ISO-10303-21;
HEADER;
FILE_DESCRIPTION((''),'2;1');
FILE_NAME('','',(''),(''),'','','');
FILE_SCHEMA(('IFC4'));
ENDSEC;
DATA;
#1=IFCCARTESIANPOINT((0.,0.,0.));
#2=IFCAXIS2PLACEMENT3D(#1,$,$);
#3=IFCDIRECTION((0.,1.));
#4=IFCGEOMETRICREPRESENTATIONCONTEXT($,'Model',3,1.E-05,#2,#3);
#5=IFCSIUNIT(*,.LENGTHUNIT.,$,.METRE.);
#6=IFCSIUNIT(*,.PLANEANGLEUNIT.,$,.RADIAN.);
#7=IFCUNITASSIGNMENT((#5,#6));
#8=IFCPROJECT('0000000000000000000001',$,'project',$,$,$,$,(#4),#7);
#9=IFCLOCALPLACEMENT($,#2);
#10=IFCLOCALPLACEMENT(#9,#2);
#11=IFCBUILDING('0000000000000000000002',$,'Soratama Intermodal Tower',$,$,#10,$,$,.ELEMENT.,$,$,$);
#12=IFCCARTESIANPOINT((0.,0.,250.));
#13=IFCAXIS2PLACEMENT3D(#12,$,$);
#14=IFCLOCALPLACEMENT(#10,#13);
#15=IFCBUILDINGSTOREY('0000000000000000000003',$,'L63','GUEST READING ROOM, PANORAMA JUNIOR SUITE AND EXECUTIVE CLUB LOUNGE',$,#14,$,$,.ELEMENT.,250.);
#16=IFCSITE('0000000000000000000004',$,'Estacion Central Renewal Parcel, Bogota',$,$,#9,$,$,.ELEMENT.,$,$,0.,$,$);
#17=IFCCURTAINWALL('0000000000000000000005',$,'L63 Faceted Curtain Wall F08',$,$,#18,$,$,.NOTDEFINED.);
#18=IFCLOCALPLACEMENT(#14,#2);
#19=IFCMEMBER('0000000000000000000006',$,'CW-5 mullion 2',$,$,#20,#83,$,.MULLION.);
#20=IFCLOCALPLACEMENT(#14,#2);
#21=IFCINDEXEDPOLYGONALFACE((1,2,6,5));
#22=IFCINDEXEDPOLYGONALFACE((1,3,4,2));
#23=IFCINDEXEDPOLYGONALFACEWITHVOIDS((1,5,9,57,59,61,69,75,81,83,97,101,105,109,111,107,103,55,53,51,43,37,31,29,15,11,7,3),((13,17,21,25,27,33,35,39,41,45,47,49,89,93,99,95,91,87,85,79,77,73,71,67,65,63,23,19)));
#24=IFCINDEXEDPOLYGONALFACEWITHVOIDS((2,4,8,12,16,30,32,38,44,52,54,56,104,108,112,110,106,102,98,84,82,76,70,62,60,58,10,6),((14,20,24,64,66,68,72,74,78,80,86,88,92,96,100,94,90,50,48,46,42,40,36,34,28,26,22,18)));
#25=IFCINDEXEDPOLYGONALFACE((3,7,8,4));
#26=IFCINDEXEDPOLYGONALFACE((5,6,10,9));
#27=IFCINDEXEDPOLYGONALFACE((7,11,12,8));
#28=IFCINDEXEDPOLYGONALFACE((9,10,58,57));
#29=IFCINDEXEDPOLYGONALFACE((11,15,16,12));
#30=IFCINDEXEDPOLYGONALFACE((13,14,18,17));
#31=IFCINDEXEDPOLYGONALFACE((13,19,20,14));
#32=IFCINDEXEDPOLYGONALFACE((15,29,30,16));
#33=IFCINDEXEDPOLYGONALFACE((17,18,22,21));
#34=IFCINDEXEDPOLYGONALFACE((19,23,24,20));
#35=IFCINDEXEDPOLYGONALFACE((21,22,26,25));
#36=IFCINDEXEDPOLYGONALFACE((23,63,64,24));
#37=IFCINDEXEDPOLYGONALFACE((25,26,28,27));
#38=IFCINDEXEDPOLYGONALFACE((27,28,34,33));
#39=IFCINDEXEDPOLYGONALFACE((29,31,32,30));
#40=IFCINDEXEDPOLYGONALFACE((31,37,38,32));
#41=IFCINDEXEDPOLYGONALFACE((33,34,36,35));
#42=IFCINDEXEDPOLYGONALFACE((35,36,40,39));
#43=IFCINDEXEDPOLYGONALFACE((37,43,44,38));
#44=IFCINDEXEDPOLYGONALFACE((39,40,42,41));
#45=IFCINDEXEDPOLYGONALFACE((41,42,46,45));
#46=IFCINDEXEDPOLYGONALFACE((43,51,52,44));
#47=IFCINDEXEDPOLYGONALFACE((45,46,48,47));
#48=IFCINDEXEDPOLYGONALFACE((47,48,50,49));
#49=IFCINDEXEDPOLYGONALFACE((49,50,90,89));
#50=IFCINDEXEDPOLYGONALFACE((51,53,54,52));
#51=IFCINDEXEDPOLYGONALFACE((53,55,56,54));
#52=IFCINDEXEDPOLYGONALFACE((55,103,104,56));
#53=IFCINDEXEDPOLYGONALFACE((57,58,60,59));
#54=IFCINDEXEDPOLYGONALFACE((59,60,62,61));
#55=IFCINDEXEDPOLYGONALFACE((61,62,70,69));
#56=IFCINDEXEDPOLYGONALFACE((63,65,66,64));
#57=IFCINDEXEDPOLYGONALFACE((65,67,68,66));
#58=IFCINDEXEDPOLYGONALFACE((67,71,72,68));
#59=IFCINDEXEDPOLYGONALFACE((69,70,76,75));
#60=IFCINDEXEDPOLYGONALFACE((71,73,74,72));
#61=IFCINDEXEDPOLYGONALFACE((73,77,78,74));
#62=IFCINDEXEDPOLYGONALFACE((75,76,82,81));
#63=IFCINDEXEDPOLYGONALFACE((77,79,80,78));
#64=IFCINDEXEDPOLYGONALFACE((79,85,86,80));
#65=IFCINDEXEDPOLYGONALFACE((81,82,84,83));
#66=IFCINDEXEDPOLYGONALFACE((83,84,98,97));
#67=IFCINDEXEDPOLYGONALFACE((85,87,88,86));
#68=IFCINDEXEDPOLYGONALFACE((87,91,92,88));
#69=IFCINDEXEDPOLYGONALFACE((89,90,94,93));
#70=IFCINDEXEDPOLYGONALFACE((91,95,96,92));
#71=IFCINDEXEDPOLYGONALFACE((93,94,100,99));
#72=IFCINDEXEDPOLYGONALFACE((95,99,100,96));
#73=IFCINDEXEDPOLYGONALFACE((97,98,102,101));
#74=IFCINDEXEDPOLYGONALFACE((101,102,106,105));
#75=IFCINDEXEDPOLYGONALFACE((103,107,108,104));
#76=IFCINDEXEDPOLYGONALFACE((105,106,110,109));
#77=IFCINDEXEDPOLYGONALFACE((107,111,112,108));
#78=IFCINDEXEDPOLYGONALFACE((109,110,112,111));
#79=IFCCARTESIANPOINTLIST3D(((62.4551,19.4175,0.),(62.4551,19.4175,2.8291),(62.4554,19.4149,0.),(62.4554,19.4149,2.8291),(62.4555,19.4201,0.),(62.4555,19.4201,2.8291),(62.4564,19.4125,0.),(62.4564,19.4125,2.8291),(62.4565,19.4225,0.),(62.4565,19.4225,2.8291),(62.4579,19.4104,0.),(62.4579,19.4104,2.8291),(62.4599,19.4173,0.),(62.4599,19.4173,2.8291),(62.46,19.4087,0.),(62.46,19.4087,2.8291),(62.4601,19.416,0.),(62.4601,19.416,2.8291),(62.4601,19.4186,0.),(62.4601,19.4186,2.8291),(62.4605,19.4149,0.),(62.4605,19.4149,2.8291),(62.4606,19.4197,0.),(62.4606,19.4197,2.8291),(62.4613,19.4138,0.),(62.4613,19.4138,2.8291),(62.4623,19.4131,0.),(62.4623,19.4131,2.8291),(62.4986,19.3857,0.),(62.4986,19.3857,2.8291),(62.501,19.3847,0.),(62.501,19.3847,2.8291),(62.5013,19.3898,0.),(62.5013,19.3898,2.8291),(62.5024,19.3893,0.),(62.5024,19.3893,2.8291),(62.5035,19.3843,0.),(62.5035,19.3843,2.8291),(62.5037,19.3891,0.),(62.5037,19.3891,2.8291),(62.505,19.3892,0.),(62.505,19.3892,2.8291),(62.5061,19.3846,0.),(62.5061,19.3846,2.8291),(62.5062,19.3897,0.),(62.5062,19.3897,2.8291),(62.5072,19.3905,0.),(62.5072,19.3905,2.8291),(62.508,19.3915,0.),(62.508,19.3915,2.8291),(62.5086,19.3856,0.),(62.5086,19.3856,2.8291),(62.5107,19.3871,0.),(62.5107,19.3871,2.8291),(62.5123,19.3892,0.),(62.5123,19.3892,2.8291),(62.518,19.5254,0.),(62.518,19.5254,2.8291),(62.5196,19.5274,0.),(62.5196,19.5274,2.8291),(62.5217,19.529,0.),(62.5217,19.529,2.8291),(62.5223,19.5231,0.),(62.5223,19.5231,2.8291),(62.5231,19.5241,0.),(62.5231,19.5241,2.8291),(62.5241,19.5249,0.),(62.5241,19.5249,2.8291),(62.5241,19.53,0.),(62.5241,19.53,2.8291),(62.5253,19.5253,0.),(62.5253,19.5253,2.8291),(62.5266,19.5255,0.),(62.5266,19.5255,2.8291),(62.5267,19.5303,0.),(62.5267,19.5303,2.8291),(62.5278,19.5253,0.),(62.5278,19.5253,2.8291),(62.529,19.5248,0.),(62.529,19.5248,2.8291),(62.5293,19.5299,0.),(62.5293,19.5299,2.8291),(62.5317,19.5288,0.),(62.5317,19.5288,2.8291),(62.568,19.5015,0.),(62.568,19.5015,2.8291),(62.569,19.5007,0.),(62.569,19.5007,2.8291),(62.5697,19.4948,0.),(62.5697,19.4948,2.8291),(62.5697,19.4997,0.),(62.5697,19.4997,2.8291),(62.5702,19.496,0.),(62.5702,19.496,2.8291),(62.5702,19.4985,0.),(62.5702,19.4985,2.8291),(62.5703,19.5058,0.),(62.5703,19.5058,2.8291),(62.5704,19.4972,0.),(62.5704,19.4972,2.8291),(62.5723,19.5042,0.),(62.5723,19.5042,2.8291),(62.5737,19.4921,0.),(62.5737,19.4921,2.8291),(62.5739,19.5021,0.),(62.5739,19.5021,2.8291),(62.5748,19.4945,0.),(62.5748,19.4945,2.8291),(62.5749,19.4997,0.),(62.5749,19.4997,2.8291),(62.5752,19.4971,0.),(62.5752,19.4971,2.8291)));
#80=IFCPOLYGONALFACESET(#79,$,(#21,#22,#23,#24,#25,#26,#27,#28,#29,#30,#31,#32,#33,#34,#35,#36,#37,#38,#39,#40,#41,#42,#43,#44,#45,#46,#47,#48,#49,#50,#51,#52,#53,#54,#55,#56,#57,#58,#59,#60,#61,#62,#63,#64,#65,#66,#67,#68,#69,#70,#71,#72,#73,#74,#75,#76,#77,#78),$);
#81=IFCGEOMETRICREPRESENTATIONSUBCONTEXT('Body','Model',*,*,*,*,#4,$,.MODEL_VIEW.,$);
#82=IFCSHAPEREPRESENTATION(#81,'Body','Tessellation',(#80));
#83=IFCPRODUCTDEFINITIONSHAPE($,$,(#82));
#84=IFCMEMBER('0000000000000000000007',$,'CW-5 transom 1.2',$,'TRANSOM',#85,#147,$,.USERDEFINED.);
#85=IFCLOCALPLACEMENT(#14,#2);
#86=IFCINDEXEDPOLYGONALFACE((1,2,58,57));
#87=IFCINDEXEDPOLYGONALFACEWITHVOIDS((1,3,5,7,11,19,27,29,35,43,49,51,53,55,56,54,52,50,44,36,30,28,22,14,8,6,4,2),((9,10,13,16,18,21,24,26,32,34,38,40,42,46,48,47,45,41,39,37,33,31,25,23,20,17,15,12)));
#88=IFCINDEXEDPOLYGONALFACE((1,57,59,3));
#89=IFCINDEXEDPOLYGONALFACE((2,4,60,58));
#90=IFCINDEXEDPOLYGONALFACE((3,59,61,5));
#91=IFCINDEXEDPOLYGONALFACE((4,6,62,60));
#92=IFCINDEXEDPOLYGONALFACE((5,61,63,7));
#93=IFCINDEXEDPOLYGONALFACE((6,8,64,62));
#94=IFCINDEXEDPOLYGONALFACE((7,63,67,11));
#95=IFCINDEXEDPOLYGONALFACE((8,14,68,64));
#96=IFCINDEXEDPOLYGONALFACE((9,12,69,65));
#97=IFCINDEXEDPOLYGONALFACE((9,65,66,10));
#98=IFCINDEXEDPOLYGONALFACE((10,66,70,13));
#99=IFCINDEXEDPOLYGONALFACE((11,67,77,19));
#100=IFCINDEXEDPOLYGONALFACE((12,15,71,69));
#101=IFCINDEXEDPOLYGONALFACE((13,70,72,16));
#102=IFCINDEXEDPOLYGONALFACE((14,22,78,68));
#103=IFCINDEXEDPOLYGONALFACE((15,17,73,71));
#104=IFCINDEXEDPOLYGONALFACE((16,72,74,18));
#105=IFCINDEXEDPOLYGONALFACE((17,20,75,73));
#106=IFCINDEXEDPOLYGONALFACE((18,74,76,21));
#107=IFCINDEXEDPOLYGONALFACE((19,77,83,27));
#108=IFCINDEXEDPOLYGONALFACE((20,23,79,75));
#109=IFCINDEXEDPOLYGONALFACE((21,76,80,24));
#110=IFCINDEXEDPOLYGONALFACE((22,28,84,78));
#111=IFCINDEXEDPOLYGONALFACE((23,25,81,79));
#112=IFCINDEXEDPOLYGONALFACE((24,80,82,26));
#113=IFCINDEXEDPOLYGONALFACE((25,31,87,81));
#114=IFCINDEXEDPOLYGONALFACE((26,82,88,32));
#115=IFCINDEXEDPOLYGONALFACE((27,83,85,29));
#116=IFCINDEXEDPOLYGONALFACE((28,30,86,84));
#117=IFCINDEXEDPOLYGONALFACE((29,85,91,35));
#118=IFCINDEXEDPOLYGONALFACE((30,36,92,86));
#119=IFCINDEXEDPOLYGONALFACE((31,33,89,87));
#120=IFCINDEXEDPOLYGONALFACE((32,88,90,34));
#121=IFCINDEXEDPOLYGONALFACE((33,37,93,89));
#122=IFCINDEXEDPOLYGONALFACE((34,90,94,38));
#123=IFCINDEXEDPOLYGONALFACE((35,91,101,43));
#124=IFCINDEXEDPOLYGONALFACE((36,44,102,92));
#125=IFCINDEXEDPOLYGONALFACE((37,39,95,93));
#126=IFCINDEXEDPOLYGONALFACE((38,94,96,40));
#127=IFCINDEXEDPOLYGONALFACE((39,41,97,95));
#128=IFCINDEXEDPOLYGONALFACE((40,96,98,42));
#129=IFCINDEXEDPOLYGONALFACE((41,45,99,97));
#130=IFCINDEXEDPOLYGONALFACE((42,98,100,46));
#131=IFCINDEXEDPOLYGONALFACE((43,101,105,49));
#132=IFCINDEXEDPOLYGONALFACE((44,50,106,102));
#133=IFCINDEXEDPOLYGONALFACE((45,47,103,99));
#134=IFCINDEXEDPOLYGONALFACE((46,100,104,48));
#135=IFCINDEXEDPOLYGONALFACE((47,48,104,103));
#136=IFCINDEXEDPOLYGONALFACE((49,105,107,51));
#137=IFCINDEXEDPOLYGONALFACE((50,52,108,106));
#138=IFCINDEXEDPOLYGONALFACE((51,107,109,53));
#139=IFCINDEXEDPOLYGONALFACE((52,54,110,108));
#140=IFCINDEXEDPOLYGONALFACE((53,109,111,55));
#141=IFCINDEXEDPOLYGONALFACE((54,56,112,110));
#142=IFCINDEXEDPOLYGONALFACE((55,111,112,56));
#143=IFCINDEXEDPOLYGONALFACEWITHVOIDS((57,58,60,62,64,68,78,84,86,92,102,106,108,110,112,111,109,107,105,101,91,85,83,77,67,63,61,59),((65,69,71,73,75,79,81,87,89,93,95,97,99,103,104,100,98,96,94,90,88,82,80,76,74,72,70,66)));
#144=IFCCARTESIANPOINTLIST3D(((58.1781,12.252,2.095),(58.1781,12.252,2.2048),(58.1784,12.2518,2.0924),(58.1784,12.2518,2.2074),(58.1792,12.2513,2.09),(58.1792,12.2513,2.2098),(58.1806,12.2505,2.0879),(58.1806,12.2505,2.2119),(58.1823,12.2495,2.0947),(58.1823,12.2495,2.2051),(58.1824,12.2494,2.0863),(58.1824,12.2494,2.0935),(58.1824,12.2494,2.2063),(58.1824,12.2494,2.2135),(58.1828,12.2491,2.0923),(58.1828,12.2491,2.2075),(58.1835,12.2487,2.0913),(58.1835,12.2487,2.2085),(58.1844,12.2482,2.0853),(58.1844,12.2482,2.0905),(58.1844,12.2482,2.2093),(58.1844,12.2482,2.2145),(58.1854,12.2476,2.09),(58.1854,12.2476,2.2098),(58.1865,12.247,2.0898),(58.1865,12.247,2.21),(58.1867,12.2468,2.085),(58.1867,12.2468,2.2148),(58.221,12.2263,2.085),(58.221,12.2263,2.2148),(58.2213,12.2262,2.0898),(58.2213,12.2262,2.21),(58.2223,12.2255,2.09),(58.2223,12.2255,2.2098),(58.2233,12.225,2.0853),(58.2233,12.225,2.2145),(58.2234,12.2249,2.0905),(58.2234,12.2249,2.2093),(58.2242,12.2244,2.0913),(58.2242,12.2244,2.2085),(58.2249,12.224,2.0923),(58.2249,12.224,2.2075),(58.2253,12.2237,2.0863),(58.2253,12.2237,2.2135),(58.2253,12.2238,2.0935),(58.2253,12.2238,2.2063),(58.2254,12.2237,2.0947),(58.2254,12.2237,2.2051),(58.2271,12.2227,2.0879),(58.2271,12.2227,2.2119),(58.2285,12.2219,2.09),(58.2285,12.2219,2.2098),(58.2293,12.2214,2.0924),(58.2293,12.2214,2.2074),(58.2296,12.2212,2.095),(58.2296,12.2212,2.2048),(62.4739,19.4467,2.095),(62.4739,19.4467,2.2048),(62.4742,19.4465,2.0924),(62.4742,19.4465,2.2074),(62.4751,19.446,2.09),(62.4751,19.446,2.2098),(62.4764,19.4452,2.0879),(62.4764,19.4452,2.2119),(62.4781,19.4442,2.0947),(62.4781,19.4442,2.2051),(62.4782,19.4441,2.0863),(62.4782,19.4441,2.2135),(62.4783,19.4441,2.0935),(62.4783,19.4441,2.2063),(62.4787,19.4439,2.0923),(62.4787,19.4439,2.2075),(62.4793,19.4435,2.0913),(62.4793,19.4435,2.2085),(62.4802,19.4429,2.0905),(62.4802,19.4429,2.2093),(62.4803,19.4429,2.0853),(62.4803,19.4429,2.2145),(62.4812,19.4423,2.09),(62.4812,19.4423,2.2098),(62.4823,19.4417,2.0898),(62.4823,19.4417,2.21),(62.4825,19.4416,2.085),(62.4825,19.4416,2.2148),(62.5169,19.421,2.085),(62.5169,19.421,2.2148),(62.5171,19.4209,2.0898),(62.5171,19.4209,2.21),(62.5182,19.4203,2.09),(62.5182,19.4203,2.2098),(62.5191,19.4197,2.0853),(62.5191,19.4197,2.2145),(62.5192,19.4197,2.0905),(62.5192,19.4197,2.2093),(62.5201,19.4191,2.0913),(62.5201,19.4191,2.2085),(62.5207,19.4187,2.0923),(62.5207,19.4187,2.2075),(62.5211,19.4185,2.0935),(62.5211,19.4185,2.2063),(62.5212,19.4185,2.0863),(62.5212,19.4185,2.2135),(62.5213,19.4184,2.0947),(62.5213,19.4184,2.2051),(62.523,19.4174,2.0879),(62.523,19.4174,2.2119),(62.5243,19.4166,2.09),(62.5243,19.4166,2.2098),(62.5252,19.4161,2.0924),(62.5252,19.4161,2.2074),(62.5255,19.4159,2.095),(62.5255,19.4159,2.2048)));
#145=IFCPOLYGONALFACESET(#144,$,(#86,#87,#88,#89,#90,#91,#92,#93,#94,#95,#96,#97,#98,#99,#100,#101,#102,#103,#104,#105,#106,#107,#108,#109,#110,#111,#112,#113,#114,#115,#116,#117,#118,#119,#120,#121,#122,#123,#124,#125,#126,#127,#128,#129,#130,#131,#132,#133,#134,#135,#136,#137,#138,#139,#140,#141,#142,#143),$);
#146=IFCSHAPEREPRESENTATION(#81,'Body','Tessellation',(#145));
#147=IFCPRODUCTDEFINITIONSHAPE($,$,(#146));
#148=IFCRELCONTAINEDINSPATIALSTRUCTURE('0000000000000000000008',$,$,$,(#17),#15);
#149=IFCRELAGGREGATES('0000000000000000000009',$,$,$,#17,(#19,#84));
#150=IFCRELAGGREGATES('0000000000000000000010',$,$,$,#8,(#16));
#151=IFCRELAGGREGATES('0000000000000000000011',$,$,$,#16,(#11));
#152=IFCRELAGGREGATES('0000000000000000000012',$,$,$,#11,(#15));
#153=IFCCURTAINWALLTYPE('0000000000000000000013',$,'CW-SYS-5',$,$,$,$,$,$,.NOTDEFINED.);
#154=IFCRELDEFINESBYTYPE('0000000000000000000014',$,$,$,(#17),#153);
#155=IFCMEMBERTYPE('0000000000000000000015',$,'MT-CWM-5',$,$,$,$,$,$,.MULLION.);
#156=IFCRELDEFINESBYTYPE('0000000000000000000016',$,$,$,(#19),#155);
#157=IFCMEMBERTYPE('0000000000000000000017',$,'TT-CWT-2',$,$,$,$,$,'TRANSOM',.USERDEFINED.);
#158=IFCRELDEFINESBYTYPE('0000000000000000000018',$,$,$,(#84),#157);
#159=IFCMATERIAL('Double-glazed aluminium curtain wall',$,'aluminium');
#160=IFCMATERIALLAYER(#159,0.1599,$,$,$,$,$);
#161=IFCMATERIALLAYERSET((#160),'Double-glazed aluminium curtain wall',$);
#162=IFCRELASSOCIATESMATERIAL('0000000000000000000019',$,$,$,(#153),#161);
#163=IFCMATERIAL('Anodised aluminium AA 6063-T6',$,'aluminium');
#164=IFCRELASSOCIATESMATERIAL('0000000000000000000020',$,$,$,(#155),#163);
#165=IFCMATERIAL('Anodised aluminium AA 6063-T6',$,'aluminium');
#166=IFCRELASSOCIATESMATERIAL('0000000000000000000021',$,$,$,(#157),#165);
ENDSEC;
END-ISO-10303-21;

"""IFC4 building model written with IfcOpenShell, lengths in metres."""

from ifc_helpers import new_model, si_unit, direction, frame, origin, origin_2d, place, context, subcontext, project, spatial, hollow_rectangle, extrude, material, layer, layer_set, material_profile, profile_set, type_object, element, aggregate, save


model = new_model("IFC4")

# Units and contexts
model_context = context("Model", 3, precision=1e-05, world=origin(), true_north=direction((0.0, 1.0)))
body_context = subcontext(model_context, "Body", "Model", "MODEL_VIEW")
ifc_project = project(units=[si_unit("LENGTHUNIT", "METRE"), si_unit("PLANEANGLEUNIT", "RADIAN")], contexts=[model_context])

# Site, building, storey
site_placement = place(None, origin())
site = spatial("IfcSite", under=ifc_project, at=site_placement, Name="Estacion Central Renewal Parcel, Bogota", CompositionType="ELEMENT", RefElevation=0.0)
building_placement = place(site_placement, origin())
building = spatial("IfcBuilding", under=site, at=building_placement, Name="Soratama Intermodal Tower", CompositionType="ELEMENT")
storey_placement = place(building_placement, frame((0.0, 0.0, 250.0)))
storey = spatial("IfcBuildingStorey", under=building, at=storey_placement, Name="L63", Description="GUEST READING ROOM, PANORAMA JUNIOR SUITE AND EXECUTIVE CLUB LOUNGE", CompositionType="ELEMENT", Elevation=250.0)

# Curtain wall, members
ifc_material_1 = material(Name="Double-glazed aluminium curtain wall", Category="aluminium")
ifc_layer_1 = layer(ifc_material_1, 0.1599)
ifc_layer_set_1 = layer_set([ifc_layer_1], Name="Double-glazed aluminium curtain wall")
curtain_wall_type = type_object("IfcCurtainWallType", Name="CW-SYS-5", PredefinedType="NOTDEFINED", material=ifc_layer_set_1)
curtain_wall_placement = place(storey_placement, origin())
curtain_wall = element("IfcCurtainWall", 1, at=curtain_wall_placement, inside=storey, type_object=curtain_wall_type, Name="L63 Faceted Curtain Wall F08", PredefinedType="NOTDEFINED")
ifc_material_2 = material(Name="Anodised aluminium AA 6063-T6", Category="aluminium")
ifc_material_profile_1 = material_profile(ifc_material_2, hollow_rectangle(XDim=0.0649, YDim=0.1399, WallThickness=0.0049, InnerFilletRadius=0.0049, OuterFilletRadius=0.01, at=origin_2d()), Name="CWM140X65X5")
ifc_profile_set_1 = profile_set([ifc_material_profile_1], Name="Anodised aluminium AA 6063-T6")
member_type_1 = type_object("IfcMemberType", Name="MT-CWM-5", PredefinedType="MULLION", material=ifc_profile_set_1)
member_1_placement = place(storey_placement, frame((62.5151, 19.4573, 0.0), z_axis=(0.0, 0.0, 1.0), x_axis=(-0.858602, 0.512643, 0.0)))
member_1 = element("IfcMember", 2, at=member_1_placement, type_object=member_type_1, Name="CW-5 mullion 2", PredefinedType="MULLION", context=body_context, shape_type="SweptSolid", body=[
    extrude(hollow_rectangle(XDim=0.0649, YDim=0.1399, WallThickness=0.0049, InnerFilletRadius=0.0049, OuterFilletRadius=0.01, at=origin_2d()), origin(), (0.0, 0.0, 1.0), 2.8291),
])
ifc_material_3 = material(Name="Anodised aluminium AA 6063-T6", Category="aluminium")
ifc_material_profile_2 = material_profile(ifc_material_3, hollow_rectangle(XDim=0.0601, YDim=0.1299, WallThickness=0.0049, InnerFilletRadius=0.0049, OuterFilletRadius=0.01, at=origin_2d()), Name="CWT130X60X5")
ifc_profile_set_2 = profile_set([ifc_material_profile_2], Name="Anodised aluminium AA 6063-T6")
member_type_2 = type_object("IfcMemberType", Name="TT-CWT-2", ElementType="TRANSOM", PredefinedType="USERDEFINED", material=ifc_profile_set_2)
member_2_placement = place(storey_placement, frame((58.2039, 12.2366, 2.1499), z_axis=(0.512652, 0.858596, 0.0), x_axis=(-0.858596, 0.512652, 0.0)))
member_2 = element("IfcMember", 3, at=member_2_placement, type_object=member_type_2, Name="CW-5 transom 1.2", ObjectType="TRANSOM", PredefinedType="USERDEFINED", context=body_context, shape_type="SweptSolid", body=[
    extrude(hollow_rectangle(XDim=0.0601, YDim=0.1299, WallThickness=0.0049, InnerFilletRadius=0.0049, OuterFilletRadius=0.01, at=origin_2d()), origin(), (0.0, 0.0, 1.0), 8.3796),
])
aggregate(curtain_wall, [member_1, member_2])

save(model, "model.ifc")
